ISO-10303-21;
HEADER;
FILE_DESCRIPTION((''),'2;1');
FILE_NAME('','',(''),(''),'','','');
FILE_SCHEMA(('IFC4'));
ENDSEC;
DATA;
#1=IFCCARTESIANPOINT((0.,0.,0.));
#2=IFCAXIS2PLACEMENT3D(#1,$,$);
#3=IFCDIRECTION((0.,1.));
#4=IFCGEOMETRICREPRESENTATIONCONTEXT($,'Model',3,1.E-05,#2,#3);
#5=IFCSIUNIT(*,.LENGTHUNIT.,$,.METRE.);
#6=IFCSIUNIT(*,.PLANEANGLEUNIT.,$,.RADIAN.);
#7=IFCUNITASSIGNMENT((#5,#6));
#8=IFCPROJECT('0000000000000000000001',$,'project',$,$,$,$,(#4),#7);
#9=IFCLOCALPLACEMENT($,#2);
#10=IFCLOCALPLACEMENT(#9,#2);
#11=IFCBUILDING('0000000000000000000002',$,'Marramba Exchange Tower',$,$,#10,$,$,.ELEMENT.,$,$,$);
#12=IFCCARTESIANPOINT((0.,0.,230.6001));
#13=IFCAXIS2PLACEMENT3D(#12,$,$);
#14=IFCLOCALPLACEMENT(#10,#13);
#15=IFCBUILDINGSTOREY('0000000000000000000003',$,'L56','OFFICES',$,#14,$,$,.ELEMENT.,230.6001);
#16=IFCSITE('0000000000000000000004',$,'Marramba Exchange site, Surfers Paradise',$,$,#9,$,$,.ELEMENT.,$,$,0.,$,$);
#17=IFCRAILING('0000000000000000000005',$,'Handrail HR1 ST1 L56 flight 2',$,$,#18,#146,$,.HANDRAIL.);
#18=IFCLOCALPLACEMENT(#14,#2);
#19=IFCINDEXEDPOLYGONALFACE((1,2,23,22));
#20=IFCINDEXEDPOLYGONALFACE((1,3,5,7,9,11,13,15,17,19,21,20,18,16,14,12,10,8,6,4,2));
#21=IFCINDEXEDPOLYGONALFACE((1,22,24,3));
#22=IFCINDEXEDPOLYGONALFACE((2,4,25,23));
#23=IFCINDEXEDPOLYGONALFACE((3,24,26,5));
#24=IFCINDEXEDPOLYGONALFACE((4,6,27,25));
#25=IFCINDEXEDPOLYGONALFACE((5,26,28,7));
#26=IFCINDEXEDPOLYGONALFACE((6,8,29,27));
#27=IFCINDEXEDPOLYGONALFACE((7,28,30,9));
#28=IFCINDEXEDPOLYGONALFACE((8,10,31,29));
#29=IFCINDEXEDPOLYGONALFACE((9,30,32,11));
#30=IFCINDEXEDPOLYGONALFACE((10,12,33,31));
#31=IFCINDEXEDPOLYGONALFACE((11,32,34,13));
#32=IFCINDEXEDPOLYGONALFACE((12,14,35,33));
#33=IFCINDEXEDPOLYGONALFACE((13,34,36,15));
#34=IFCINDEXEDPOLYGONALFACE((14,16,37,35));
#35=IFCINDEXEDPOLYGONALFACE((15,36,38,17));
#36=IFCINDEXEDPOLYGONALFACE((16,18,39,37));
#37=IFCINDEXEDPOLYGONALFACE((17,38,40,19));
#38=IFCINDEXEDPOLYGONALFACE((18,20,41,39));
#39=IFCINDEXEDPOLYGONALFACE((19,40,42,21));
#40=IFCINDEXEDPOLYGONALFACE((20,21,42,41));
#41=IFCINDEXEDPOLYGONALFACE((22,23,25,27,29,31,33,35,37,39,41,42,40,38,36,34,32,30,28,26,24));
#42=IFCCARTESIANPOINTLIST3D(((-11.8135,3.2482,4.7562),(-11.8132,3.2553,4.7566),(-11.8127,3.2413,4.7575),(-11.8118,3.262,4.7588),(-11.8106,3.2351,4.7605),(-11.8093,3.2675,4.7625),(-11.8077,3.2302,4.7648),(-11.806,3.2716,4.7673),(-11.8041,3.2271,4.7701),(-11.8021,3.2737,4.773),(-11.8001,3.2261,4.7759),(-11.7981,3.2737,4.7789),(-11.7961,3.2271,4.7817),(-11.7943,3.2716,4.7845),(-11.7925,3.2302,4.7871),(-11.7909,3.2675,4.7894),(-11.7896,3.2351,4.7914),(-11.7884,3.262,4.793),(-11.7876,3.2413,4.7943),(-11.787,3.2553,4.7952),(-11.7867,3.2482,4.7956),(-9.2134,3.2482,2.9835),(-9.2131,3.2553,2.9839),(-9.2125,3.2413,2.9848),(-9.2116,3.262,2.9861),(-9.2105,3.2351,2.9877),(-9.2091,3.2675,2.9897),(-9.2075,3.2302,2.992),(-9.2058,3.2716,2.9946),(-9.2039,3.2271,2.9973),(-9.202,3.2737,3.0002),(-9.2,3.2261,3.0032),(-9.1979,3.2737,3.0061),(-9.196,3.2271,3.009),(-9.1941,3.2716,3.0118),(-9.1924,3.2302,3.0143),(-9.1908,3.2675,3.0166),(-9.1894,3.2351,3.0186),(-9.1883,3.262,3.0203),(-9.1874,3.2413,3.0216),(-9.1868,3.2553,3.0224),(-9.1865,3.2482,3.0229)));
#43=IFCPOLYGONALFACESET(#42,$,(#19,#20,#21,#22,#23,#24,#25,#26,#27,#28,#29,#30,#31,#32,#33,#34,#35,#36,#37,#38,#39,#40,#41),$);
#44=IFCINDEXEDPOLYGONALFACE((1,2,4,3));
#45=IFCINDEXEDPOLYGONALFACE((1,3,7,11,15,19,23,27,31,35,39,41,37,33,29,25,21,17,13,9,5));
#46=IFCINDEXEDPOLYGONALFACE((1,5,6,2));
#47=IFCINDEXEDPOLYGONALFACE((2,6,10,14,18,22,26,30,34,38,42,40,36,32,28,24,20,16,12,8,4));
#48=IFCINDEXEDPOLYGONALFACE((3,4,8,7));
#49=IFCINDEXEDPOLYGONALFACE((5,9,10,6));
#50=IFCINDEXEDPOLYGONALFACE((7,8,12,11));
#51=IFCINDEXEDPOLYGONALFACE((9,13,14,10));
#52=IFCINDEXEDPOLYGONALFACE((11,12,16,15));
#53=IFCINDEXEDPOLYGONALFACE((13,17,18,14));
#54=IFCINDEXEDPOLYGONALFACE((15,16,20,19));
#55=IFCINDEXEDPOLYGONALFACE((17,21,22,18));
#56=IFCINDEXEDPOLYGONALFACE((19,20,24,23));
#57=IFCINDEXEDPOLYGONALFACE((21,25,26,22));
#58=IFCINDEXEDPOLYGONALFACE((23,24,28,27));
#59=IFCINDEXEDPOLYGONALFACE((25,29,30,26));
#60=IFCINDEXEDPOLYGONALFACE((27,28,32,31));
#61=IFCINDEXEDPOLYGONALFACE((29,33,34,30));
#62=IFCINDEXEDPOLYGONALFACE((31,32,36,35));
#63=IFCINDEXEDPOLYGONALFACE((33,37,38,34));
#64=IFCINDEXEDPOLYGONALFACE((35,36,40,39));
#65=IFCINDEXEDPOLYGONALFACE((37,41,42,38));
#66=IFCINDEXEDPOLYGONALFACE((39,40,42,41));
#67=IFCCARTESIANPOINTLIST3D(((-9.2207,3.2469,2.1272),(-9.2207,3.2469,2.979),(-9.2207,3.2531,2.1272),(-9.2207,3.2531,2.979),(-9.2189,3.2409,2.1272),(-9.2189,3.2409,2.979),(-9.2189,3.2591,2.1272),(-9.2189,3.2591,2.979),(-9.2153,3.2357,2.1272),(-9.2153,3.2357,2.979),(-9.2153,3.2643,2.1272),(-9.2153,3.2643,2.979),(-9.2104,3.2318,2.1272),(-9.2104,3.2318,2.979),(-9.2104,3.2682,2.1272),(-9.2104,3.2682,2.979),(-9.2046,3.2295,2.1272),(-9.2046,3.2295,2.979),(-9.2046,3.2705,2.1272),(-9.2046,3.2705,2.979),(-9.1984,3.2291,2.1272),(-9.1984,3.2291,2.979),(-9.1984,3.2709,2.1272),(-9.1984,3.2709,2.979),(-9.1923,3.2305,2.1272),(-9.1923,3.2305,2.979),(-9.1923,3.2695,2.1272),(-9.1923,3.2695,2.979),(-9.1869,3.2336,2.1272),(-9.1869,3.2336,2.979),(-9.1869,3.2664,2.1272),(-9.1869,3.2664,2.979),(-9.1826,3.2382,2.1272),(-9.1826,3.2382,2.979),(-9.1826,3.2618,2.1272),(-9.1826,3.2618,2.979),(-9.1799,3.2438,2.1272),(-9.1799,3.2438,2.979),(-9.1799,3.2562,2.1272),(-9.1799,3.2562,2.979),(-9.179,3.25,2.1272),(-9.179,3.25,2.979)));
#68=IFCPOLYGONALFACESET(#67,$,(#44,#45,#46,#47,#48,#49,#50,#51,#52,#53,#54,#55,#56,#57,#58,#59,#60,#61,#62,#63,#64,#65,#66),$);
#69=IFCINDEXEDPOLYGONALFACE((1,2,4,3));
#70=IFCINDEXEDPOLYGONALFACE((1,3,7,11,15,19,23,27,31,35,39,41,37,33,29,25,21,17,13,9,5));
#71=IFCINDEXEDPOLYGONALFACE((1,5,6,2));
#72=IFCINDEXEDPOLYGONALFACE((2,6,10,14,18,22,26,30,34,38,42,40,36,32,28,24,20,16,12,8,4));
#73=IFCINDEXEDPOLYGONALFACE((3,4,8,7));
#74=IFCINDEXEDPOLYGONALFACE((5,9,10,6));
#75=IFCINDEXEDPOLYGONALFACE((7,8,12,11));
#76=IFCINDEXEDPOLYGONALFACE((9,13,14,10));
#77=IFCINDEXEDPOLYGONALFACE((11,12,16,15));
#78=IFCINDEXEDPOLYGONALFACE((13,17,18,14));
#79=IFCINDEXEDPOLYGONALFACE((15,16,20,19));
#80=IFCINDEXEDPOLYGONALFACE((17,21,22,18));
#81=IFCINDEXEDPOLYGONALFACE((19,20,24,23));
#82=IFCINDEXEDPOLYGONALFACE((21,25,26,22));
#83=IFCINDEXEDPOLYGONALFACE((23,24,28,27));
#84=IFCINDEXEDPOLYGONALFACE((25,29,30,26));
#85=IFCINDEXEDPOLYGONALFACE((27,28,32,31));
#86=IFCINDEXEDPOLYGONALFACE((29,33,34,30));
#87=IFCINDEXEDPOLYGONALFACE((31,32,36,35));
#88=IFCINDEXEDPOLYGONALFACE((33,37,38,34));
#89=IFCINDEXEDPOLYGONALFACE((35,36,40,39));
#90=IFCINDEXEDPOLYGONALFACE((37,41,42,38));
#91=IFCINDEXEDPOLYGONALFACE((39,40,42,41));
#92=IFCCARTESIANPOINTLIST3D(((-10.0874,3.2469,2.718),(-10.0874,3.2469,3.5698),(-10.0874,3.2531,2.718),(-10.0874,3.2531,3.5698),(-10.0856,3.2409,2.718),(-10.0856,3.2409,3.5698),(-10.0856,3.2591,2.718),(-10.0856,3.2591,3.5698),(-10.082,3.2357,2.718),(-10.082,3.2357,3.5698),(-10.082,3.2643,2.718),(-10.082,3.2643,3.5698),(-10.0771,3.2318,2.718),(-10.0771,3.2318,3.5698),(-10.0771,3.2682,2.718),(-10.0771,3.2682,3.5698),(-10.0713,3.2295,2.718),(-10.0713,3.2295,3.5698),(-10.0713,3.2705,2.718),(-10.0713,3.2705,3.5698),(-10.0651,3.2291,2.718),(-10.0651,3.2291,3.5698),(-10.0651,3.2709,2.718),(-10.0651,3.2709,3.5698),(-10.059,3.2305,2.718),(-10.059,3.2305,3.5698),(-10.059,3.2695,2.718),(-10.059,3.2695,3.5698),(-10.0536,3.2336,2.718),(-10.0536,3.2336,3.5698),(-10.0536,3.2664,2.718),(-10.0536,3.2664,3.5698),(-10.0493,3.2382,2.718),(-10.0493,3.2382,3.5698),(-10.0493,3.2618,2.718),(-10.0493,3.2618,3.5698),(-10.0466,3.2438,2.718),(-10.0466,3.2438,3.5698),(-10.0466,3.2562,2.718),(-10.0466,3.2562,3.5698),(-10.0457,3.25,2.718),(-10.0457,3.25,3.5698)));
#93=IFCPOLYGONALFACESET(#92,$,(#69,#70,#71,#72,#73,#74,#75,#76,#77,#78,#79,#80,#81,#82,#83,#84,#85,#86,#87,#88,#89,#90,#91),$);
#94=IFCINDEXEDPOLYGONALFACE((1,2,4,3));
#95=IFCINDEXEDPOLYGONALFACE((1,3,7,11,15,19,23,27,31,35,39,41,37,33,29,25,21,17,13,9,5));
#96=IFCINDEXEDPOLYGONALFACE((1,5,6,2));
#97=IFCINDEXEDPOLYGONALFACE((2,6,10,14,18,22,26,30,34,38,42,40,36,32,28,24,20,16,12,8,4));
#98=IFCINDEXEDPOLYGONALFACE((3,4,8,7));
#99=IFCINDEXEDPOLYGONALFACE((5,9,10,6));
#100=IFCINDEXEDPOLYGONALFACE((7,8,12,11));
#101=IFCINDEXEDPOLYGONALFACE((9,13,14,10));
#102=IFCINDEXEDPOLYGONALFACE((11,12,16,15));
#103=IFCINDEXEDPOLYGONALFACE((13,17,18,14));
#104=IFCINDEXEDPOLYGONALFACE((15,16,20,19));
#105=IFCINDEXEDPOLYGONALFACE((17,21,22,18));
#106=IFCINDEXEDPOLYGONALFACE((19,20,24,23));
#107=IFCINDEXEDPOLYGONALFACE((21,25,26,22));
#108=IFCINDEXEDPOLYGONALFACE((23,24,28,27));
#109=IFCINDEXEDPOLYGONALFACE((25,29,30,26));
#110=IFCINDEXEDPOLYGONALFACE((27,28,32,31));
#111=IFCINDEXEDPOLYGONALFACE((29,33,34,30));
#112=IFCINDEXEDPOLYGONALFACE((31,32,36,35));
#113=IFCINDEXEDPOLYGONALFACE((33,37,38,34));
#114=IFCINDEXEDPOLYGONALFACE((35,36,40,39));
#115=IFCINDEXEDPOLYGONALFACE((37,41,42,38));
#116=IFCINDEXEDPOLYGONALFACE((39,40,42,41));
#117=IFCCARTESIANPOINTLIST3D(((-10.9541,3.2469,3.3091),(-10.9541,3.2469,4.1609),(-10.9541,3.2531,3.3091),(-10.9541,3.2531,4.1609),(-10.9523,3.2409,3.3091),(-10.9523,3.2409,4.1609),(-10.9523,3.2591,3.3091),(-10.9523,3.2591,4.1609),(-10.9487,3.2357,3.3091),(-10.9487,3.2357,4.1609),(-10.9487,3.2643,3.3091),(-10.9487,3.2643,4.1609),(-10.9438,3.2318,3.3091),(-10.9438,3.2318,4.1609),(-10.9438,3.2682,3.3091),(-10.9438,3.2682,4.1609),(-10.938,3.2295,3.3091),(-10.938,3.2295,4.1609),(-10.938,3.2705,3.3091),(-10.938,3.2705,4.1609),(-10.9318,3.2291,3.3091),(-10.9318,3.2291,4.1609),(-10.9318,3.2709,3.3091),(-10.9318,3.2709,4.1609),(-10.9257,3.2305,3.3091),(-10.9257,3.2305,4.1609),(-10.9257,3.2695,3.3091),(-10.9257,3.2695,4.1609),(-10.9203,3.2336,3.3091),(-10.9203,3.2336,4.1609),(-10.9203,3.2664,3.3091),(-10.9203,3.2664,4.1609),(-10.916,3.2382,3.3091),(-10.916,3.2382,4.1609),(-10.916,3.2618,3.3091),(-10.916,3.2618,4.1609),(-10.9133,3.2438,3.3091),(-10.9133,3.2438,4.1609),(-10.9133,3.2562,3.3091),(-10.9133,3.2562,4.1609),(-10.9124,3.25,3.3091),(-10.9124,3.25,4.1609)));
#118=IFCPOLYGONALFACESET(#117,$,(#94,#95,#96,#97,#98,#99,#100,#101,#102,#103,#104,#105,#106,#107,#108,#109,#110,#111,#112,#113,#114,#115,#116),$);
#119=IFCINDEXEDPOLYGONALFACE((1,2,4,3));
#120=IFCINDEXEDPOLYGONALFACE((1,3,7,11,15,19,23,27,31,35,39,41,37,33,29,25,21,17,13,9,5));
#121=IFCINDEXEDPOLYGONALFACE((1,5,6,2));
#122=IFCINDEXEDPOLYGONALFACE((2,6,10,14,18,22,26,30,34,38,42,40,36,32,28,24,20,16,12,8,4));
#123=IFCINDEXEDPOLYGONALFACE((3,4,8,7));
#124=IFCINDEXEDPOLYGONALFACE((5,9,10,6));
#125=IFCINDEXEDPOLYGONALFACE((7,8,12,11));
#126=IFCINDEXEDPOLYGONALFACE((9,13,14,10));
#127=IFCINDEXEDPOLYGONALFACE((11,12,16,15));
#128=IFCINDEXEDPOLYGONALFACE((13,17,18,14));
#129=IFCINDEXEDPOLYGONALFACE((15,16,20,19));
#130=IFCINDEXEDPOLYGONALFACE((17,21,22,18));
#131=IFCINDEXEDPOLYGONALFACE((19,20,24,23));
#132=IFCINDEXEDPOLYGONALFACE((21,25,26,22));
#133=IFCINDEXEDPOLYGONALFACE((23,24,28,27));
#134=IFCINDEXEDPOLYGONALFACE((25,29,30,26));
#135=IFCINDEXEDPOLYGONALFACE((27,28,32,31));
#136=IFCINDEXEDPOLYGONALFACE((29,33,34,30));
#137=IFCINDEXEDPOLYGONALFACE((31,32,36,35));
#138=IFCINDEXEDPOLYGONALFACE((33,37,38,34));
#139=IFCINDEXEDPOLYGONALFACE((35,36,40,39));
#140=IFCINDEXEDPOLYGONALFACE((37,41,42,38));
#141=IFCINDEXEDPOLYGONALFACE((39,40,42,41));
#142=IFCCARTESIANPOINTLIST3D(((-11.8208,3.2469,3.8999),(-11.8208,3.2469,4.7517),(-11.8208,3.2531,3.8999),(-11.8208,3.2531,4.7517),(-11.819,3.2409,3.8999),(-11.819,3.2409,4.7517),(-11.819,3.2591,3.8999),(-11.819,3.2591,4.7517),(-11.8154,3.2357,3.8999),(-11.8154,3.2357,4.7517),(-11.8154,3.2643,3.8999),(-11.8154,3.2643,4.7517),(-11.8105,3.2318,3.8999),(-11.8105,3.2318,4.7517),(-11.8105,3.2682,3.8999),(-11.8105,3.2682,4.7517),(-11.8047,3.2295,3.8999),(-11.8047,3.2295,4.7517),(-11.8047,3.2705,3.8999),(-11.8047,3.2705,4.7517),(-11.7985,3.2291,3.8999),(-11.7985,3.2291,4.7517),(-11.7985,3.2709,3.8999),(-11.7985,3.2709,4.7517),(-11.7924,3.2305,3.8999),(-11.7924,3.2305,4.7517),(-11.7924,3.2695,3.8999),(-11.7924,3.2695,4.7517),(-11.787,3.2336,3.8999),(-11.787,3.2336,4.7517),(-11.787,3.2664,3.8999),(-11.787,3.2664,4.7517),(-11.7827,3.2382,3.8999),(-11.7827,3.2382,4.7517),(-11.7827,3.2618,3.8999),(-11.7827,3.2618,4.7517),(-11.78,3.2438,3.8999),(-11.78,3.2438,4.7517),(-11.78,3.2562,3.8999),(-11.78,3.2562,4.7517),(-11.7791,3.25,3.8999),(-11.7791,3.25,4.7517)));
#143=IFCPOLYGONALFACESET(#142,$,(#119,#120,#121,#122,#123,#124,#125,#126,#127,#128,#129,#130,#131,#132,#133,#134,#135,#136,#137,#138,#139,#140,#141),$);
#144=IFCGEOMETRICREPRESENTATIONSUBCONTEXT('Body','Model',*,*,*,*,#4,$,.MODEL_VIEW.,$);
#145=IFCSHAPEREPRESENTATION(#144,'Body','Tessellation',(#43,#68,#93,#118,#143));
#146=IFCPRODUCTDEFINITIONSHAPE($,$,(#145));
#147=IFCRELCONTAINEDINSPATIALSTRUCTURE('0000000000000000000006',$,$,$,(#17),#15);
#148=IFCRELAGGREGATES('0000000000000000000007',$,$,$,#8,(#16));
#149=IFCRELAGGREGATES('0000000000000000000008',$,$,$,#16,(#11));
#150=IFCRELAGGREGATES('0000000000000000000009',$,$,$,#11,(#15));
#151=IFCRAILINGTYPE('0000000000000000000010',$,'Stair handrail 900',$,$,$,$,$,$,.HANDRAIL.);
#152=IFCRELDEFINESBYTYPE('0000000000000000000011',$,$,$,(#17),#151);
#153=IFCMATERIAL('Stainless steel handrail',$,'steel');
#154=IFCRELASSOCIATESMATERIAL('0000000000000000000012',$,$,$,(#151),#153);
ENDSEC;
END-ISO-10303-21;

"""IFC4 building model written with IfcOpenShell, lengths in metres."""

from ifc_helpers import new_model, si_unit, direction, frame, origin, origin_2d, place, context, subcontext, project, spatial, circle, extrude, material, type_object, element, save


model = new_model("IFC4")

# Units and contexts
model_context = context("Model", 3, precision=1e-05, world=origin(), true_north=direction((0.0, 1.0)))
body_context = subcontext(model_context, "Body", "Model", "MODEL_VIEW")
ifc_project = project(units=[si_unit("LENGTHUNIT", "METRE"), si_unit("PLANEANGLEUNIT", "RADIAN")], contexts=[model_context])

# Site, building, storey
site_placement = place(None, origin())
site = spatial("IfcSite", under=ifc_project, at=site_placement, Name="Marramba Exchange site, Surfers Paradise", CompositionType="ELEMENT", RefElevation=0.0)
building_placement = place(site_placement, origin())
building = spatial("IfcBuilding", under=site, at=building_placement, Name="Marramba Exchange Tower", CompositionType="ELEMENT")
storey_placement = place(building_placement, frame((0.0, 0.0, 230.6001)))
storey = spatial("IfcBuildingStorey", under=building, at=storey_placement, Name="L56", Description="OFFICES", CompositionType="ELEMENT", Elevation=230.6001)

# Railing
ifc_material_1 = material(Name="Stainless steel handrail", Category="steel")
railing_type = type_object("IfcRailingType", Name="Stair handrail 900", PredefinedType="HANDRAIL", material=ifc_material_1)
railing_placement = place(storey_placement, frame((-9.2, 3.25, 2.1272)))
element("IfcRailing", 1, at=railing_placement, inside=storey, type_object=railing_type, Name="Handrail HR1 ST1 L56 flight 2", PredefinedType="HANDRAIL", context=body_context, shape_type="SweptSolid", body=[
    extrude(circle(Radius=0.0239, at=origin_2d()), frame((0.0, 0.0, 0.876), z_axis=(-0.82624, 0.0, 0.563318), x_axis=(0.0, -1.0, 0.0)), (0.0, 0.0, 1.0), 3.147),
    extrude(circle(Radius=0.021, at=origin_2d()), origin(), (0.0, 0.0, 1.0), 0.8518),
    extrude(circle(Radius=0.021, at=origin_2d()), frame((-0.8667, 0.0, 0.5908)), (0.0, 0.0, 1.0), 0.8518),
    extrude(circle(Radius=0.021, at=origin_2d()), frame((-1.7334, 0.0, 1.1819)), (0.0, 0.0, 1.0), 0.8518),
    extrude(circle(Radius=0.021, at=origin_2d()), frame((-2.6001, 0.0, 1.7727)), (0.0, 0.0, 1.0), 0.8518),
])

save(model, "model.ifc")
